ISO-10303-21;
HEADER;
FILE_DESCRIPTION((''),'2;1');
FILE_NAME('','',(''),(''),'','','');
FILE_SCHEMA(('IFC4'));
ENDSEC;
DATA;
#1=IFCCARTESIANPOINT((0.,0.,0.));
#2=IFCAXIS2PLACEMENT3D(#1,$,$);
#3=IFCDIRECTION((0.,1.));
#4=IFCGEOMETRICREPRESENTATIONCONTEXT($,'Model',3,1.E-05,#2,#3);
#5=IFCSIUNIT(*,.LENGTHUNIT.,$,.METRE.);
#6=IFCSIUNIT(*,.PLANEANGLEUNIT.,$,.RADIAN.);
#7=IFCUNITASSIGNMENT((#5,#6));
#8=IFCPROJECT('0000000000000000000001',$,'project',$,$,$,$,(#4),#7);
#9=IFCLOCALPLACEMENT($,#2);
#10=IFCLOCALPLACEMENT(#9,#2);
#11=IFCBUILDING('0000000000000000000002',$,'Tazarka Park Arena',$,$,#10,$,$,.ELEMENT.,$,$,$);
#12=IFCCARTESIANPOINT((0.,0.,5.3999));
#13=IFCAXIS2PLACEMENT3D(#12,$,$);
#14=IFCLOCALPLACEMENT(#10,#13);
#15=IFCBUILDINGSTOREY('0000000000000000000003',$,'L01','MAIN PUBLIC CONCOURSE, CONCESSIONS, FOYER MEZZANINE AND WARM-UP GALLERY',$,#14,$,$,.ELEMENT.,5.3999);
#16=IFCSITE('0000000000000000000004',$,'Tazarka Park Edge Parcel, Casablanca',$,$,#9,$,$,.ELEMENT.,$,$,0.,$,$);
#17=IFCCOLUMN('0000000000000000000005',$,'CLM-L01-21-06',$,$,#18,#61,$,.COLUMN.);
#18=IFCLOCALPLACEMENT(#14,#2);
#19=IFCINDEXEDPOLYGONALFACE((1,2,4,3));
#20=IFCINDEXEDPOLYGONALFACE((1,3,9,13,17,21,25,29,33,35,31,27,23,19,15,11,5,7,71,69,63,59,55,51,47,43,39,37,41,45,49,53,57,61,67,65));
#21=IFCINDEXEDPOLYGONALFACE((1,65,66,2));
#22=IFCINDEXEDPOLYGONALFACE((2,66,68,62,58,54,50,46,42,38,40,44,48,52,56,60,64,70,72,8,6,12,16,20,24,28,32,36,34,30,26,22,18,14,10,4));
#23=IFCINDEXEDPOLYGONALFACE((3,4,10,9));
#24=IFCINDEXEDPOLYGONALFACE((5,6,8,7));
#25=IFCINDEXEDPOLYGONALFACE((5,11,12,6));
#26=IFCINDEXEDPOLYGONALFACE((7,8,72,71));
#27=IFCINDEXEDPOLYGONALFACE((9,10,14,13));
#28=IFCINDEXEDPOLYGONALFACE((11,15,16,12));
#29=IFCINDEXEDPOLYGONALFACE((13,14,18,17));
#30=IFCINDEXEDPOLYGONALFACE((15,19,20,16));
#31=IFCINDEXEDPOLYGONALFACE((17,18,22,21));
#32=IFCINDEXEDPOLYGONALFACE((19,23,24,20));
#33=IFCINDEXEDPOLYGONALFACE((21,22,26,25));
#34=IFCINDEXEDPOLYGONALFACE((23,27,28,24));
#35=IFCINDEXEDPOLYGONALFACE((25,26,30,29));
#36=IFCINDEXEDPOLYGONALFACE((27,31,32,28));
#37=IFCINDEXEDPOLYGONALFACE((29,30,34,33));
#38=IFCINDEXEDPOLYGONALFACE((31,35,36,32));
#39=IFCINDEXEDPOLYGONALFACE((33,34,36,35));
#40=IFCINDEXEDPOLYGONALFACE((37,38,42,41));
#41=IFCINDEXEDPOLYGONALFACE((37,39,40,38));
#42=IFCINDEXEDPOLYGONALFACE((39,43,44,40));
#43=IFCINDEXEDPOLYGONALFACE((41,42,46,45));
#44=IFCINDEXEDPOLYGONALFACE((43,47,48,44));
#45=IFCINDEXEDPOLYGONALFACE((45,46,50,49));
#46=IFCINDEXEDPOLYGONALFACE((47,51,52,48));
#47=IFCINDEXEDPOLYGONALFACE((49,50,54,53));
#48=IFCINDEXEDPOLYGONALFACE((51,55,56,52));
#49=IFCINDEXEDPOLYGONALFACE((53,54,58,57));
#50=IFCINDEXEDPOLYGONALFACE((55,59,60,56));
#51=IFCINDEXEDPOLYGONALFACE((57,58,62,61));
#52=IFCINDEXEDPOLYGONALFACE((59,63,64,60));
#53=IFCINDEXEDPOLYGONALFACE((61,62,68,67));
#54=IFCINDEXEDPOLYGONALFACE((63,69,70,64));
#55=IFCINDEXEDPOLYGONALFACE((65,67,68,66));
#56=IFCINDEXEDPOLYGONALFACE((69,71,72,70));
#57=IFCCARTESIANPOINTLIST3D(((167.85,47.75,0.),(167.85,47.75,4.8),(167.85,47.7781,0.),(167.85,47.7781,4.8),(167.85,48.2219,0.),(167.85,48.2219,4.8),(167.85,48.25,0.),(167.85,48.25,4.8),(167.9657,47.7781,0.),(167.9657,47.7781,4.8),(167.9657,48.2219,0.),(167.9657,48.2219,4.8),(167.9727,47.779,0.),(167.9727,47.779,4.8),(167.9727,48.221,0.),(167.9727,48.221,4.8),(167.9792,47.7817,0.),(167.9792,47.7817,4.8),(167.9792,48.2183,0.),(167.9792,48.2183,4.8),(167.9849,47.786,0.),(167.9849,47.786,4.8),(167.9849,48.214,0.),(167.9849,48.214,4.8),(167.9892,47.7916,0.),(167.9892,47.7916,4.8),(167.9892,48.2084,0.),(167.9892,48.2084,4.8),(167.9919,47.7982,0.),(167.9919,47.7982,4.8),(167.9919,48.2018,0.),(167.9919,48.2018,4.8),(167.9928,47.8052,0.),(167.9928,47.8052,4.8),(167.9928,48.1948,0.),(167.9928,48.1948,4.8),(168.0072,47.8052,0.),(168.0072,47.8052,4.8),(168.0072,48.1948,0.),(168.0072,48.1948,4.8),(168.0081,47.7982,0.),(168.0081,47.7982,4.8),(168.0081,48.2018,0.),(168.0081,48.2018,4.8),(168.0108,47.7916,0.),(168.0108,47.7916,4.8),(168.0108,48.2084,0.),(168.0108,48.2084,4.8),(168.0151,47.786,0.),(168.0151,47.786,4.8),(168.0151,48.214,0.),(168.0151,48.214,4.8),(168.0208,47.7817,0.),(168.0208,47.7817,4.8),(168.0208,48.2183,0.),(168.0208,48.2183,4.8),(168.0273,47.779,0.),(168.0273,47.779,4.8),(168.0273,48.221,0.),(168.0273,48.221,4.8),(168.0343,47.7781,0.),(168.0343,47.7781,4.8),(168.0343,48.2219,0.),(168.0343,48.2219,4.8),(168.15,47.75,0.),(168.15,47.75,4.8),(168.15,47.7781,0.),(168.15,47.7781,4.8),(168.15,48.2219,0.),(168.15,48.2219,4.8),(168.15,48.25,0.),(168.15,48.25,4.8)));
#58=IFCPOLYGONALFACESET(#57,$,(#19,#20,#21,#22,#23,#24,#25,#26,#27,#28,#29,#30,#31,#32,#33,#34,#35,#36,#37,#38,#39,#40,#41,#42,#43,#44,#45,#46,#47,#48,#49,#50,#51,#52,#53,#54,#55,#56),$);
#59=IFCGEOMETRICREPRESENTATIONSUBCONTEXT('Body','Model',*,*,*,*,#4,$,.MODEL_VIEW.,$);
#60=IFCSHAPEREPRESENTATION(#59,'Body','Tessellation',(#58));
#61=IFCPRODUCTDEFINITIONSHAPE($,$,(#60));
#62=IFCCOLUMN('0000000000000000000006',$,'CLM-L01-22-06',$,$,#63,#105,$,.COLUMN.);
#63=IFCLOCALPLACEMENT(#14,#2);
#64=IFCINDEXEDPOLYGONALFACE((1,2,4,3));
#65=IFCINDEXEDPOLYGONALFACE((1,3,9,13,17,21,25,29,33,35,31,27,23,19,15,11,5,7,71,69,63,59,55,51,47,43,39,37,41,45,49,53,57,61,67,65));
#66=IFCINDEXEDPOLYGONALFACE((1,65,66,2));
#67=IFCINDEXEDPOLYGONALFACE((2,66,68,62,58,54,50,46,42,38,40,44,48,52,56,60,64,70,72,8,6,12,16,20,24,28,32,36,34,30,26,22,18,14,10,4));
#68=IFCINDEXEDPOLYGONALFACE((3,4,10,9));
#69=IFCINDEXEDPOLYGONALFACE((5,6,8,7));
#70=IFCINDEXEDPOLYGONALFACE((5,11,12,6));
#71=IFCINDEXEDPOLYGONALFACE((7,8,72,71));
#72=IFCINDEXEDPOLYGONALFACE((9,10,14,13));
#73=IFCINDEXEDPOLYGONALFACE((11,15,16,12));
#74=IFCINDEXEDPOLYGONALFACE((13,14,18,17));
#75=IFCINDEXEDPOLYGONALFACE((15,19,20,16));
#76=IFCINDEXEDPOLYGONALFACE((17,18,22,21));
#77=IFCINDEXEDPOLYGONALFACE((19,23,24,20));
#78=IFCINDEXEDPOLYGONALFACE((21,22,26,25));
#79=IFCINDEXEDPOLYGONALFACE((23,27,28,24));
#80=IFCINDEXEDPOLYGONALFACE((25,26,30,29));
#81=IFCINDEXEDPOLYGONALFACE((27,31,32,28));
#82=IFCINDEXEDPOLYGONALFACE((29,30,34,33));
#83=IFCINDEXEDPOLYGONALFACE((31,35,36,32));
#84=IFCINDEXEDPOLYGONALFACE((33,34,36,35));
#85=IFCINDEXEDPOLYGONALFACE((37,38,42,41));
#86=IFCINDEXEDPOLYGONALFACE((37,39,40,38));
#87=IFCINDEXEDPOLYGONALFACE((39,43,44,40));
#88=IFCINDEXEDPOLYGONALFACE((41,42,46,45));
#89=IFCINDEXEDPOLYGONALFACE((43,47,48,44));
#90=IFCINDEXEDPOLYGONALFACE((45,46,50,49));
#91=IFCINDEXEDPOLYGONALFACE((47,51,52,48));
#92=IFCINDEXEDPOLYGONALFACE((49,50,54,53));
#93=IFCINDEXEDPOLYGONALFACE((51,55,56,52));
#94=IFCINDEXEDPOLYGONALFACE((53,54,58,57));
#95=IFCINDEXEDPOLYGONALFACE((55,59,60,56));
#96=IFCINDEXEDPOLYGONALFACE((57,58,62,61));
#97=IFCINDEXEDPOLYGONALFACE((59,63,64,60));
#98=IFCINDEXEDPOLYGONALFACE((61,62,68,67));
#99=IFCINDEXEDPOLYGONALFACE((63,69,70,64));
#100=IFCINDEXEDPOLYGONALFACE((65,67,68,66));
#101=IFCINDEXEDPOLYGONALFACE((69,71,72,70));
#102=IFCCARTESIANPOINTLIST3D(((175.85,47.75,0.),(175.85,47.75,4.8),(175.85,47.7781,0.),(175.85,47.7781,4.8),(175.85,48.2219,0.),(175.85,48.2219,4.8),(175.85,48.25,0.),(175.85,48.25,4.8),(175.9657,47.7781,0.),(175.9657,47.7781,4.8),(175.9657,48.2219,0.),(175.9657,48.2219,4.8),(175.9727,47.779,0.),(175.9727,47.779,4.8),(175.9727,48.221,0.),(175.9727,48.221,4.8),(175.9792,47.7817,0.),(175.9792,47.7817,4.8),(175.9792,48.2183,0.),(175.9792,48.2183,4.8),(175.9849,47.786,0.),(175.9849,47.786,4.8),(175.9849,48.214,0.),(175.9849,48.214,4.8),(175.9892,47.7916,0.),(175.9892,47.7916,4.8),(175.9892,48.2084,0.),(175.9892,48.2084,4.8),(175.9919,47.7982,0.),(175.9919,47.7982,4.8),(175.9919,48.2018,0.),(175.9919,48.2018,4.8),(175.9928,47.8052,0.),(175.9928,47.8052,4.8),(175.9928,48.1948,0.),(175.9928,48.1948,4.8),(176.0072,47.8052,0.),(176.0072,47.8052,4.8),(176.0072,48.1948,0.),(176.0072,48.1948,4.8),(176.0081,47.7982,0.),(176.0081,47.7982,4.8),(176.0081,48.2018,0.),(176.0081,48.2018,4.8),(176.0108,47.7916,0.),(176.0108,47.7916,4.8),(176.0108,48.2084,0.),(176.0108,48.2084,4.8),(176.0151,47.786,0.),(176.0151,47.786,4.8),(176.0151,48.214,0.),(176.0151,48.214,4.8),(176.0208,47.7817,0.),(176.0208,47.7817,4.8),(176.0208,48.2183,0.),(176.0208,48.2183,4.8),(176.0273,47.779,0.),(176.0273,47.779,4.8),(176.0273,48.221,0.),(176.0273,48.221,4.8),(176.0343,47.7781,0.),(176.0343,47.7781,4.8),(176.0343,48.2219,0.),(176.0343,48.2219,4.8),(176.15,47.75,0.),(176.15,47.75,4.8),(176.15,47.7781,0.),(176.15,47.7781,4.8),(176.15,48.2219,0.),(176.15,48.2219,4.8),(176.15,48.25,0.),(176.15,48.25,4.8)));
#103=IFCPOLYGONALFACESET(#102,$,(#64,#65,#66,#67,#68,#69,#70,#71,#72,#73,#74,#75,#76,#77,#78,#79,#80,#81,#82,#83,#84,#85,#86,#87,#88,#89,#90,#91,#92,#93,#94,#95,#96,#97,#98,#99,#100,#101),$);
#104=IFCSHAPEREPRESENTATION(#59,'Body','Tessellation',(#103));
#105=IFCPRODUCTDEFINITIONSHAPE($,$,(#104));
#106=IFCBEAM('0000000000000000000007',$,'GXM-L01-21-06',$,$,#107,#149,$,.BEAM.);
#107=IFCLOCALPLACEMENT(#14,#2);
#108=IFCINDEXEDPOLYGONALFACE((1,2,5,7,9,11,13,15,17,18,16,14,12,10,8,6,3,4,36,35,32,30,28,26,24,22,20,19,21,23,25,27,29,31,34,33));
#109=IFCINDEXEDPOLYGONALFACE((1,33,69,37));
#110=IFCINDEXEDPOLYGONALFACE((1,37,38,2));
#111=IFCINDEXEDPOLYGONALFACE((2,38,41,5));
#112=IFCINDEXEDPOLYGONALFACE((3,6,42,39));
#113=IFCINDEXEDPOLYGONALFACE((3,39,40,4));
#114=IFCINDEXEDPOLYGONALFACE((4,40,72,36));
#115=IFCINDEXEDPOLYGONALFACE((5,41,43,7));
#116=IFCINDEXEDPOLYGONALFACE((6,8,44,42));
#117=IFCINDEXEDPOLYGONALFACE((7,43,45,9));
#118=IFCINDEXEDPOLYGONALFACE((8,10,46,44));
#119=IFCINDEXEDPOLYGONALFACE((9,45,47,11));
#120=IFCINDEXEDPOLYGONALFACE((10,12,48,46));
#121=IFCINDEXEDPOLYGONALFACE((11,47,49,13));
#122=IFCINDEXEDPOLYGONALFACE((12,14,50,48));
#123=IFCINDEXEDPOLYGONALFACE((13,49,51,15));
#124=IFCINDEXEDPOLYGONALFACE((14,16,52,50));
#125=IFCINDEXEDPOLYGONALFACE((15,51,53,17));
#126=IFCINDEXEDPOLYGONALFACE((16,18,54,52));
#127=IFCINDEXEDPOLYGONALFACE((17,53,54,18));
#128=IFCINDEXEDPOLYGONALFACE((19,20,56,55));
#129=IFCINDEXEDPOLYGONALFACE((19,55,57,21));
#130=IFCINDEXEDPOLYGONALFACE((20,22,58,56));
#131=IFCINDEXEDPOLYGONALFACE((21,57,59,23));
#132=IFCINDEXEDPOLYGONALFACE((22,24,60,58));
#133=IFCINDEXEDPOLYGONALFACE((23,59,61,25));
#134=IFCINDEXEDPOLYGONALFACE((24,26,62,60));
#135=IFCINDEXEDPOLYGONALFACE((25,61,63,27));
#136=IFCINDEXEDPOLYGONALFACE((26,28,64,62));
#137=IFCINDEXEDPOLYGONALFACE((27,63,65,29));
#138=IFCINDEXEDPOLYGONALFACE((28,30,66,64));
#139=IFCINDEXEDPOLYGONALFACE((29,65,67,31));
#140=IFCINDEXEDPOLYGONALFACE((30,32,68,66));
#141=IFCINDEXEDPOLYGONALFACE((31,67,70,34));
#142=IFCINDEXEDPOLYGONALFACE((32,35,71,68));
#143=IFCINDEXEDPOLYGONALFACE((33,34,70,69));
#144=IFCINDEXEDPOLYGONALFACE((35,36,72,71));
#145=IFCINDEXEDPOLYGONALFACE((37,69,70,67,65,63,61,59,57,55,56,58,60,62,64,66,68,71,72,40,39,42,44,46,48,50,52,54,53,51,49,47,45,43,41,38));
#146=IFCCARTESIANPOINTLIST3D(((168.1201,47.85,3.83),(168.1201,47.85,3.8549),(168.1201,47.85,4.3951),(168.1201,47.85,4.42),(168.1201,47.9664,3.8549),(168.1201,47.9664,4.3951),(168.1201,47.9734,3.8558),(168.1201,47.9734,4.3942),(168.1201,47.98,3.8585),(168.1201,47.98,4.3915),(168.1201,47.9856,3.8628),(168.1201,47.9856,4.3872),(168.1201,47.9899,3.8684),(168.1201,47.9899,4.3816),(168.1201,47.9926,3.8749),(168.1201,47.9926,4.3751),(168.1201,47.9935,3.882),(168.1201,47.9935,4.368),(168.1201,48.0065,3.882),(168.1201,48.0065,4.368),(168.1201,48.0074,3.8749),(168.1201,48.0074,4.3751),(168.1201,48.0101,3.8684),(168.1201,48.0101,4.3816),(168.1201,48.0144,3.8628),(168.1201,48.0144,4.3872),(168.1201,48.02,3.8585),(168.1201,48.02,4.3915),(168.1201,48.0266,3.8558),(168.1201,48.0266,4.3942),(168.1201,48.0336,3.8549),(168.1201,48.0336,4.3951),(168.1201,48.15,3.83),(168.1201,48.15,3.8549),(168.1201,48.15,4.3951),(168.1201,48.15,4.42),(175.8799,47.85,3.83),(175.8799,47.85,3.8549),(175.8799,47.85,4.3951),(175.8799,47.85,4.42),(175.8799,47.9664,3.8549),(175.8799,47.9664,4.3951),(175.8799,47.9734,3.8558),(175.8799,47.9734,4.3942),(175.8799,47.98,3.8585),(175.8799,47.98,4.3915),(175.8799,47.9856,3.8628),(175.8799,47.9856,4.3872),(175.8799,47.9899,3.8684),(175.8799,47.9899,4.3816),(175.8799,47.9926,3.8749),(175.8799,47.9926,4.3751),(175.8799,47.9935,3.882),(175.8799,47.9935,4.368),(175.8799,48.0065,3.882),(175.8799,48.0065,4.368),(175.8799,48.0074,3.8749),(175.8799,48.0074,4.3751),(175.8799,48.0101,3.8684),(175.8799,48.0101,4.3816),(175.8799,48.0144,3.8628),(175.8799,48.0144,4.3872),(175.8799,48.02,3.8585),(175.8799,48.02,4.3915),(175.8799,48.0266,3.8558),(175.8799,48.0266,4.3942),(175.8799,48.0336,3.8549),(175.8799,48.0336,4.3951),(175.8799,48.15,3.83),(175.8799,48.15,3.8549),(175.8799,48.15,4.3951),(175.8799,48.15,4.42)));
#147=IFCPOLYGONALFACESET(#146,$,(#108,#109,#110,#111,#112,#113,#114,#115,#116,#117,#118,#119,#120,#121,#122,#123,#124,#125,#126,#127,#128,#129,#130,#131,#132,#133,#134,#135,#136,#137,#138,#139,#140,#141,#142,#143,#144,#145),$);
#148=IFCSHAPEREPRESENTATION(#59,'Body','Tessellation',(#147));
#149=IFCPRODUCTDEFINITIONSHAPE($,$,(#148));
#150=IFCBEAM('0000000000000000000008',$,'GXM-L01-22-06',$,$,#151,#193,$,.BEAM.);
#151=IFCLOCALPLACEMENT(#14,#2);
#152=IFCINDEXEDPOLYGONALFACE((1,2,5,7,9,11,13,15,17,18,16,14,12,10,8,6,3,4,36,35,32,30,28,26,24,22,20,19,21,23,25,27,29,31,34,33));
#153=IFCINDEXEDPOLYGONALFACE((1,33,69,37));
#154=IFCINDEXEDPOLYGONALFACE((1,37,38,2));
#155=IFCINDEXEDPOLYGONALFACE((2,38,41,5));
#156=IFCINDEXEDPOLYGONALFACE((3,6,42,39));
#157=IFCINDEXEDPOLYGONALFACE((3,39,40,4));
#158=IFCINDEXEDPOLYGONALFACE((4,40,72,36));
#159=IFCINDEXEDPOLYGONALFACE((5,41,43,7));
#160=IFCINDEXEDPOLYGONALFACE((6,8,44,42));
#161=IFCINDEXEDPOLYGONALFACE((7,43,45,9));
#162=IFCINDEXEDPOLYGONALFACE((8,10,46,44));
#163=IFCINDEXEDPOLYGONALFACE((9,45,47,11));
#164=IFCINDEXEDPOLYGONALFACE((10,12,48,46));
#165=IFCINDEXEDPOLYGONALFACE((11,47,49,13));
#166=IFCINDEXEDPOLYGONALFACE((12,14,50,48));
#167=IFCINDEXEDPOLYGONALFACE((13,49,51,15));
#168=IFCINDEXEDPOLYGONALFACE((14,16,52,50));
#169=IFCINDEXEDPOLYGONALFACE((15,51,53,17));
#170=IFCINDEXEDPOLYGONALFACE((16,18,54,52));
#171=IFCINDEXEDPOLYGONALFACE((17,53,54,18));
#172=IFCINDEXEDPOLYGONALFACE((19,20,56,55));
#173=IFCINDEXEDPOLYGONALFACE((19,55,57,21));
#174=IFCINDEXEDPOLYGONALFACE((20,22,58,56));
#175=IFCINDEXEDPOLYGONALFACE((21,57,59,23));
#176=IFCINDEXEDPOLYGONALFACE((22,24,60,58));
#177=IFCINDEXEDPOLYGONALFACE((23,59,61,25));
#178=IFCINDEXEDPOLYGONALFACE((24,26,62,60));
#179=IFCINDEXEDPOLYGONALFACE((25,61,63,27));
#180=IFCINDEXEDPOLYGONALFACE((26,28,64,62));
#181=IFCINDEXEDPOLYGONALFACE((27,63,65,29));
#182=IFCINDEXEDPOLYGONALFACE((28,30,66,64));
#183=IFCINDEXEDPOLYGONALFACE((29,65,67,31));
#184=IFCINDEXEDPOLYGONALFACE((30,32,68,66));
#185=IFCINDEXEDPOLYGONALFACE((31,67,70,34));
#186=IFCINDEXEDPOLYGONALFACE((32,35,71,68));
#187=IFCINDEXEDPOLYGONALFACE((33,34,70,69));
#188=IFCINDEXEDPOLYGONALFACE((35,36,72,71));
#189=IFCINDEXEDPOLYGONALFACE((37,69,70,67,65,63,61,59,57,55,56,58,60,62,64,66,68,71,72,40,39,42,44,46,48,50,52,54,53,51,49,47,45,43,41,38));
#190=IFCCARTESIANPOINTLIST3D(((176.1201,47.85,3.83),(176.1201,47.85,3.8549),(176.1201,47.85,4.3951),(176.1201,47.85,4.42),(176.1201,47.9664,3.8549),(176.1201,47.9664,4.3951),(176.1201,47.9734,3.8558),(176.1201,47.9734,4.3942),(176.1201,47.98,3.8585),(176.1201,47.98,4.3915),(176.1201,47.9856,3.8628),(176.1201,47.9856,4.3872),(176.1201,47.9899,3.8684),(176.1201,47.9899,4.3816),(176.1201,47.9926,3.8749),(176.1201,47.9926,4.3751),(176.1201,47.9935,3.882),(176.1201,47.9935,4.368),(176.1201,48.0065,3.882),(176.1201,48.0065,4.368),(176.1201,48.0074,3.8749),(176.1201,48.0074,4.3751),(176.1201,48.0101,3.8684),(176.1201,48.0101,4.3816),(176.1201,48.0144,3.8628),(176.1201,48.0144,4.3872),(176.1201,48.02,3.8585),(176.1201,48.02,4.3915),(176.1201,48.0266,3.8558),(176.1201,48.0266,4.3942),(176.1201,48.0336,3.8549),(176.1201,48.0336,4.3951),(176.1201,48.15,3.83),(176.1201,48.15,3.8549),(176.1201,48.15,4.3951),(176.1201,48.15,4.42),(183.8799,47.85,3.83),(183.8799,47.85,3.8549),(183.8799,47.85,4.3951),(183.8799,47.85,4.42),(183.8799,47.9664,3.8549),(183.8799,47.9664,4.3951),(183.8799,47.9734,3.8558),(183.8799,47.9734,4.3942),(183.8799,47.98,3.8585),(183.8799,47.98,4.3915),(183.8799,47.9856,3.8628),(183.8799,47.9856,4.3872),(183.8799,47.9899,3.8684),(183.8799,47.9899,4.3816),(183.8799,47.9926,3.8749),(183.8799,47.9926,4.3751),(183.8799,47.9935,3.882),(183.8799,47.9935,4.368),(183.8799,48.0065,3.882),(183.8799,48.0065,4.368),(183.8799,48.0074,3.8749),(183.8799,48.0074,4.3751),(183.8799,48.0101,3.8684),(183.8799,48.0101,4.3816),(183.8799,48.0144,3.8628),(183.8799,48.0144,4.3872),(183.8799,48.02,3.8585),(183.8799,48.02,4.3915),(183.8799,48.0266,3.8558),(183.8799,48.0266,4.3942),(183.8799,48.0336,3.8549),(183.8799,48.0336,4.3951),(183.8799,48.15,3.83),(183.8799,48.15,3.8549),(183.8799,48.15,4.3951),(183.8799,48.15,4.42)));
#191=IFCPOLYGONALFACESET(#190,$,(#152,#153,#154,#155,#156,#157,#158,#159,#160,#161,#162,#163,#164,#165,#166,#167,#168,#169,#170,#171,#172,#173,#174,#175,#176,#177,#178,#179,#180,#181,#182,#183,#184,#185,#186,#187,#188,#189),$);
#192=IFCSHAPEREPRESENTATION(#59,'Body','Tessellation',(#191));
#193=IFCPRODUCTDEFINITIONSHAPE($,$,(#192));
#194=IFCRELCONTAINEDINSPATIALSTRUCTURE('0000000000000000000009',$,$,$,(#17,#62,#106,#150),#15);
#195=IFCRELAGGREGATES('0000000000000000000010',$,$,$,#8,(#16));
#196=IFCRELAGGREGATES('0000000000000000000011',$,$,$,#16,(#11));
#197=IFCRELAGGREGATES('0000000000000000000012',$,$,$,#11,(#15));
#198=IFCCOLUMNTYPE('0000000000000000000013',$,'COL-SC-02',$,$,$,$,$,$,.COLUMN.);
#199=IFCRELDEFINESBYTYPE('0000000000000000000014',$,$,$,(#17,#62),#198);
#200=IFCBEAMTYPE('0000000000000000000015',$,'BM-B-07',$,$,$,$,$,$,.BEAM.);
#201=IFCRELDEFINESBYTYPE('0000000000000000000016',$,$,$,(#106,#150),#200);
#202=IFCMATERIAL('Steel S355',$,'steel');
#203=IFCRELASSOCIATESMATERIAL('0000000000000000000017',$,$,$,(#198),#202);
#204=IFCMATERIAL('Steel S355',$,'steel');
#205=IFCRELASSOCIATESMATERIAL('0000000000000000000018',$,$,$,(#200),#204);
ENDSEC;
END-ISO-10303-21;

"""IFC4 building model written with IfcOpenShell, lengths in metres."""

from ifc_helpers import new_model, si_unit, direction, frame, origin, origin_2d, place, context, subcontext, project, spatial, i_section, extrude, material, material_profile, profile_set, type_object, element, save


model = new_model("IFC4")

# Units and contexts
model_context = context("Model", 3, precision=1e-05, world=origin(), true_north=direction((0.0, 1.0)))
body_context = subcontext(model_context, "Body", "Model", "MODEL_VIEW")
ifc_project = project(units=[si_unit("LENGTHUNIT", "METRE"), si_unit("PLANEANGLEUNIT", "RADIAN")], contexts=[model_context])

# Site, building, storey
site_placement = place(None, origin())
site = spatial("IfcSite", under=ifc_project, at=site_placement, Name="Tazarka Park Edge Parcel, Casablanca", CompositionType="ELEMENT", RefElevation=0.0)
building_placement = place(site_placement, origin())
building = spatial("IfcBuilding", under=site, at=building_placement, Name="Tazarka Park Arena", CompositionType="ELEMENT")
storey_placement = place(building_placement, frame((0.0, 0.0, 5.3999)))
storey = spatial("IfcBuildingStorey", under=building, at=storey_placement, Name="L01", Description="MAIN PUBLIC CONCOURSE, CONCESSIONS, FOYER MEZZANINE AND WARM-UP GALLERY", CompositionType="ELEMENT", Elevation=5.3999)

# Columns
ifc_material_1 = material(Name="Steel S355", Category="steel")
ifc_material_profile_1 = material_profile(ifc_material_1, i_section(OverallWidth=0.3, OverallDepth=0.5, WebThickness=0.0144, FlangeThickness=0.0281, FilletRadius=0.0271, at=origin_2d()), Name="Steel S355")
ifc_profile_set_1 = profile_set([ifc_material_profile_1], Name="Steel S355")
column_type = type_object("IfcColumnType", Name="COL-SC-02", PredefinedType="COLUMN", material=ifc_profile_set_1)
for number, where, z_axis, x_axis, name in (
    (1, (168.0, 48.0, 0.0), (0.0, 0.0, 1.0), (1.0, 0.0, 0.0), "CLM-L01-21-06"),
    (2, (176.0, 48.0, 0.0), (0.0, 0.0, 1.0), (1.0, 0.0, 0.0), "CLM-L01-22-06"),
):
    element("IfcColumn", number, at=place(storey_placement, frame(where, z_axis=z_axis, x_axis=x_axis)), inside=storey, type_object=column_type, Name=name, PredefinedType="COLUMN", context=body_context, shape_type="SweptSolid", body=[
        extrude(i_section(OverallWidth=0.3, OverallDepth=0.5, WebThickness=0.0144, FlangeThickness=0.0281, FilletRadius=0.0271, at=origin_2d()), origin(), (0.0, 0.0, 1.0), 4.8),
    ])

# Beams
ifc_material_2 = material(Name="Steel S355", Category="steel")
ifc_material_profile_2 = material_profile(ifc_material_2, i_section(OverallWidth=0.3, OverallDepth=0.5901, WebThickness=0.0129, FlangeThickness=0.0249, FilletRadius=0.0271, at=origin_2d()), Name="Steel S355")
ifc_profile_set_2 = profile_set([ifc_material_profile_2], Name="Steel S355")
beam_type_1 = type_object("IfcBeamType", Name="BM-B-07", PredefinedType="BEAM", material=ifc_profile_set_2)
for number, where, z_axis, x_axis, name in (
    (3, (168.1201, 48.0, 4.125), (1.0, 0.0, 0.0), (0.0, 1.0, 0.0), "GXM-L01-21-06"),
    (4, (176.1201, 48.0, 4.125), (1.0, 0.0, 0.0), (0.0, 1.0, 0.0), "GXM-L01-22-06"),
):
    element("IfcBeam", number, at=place(storey_placement, frame(where, z_axis=z_axis, x_axis=x_axis)), inside=storey, type_object=beam_type_1, Name=name, PredefinedType="BEAM", context=body_context, shape_type="SweptSolid", body=[
        extrude(i_section(OverallWidth=0.3, OverallDepth=0.5901, WebThickness=0.0129, FlangeThickness=0.0249, FilletRadius=0.0271, at=origin_2d()), origin(), (0.0, 0.0, 1.0), 7.7598),
    ])

save(model, "model.ifc")
